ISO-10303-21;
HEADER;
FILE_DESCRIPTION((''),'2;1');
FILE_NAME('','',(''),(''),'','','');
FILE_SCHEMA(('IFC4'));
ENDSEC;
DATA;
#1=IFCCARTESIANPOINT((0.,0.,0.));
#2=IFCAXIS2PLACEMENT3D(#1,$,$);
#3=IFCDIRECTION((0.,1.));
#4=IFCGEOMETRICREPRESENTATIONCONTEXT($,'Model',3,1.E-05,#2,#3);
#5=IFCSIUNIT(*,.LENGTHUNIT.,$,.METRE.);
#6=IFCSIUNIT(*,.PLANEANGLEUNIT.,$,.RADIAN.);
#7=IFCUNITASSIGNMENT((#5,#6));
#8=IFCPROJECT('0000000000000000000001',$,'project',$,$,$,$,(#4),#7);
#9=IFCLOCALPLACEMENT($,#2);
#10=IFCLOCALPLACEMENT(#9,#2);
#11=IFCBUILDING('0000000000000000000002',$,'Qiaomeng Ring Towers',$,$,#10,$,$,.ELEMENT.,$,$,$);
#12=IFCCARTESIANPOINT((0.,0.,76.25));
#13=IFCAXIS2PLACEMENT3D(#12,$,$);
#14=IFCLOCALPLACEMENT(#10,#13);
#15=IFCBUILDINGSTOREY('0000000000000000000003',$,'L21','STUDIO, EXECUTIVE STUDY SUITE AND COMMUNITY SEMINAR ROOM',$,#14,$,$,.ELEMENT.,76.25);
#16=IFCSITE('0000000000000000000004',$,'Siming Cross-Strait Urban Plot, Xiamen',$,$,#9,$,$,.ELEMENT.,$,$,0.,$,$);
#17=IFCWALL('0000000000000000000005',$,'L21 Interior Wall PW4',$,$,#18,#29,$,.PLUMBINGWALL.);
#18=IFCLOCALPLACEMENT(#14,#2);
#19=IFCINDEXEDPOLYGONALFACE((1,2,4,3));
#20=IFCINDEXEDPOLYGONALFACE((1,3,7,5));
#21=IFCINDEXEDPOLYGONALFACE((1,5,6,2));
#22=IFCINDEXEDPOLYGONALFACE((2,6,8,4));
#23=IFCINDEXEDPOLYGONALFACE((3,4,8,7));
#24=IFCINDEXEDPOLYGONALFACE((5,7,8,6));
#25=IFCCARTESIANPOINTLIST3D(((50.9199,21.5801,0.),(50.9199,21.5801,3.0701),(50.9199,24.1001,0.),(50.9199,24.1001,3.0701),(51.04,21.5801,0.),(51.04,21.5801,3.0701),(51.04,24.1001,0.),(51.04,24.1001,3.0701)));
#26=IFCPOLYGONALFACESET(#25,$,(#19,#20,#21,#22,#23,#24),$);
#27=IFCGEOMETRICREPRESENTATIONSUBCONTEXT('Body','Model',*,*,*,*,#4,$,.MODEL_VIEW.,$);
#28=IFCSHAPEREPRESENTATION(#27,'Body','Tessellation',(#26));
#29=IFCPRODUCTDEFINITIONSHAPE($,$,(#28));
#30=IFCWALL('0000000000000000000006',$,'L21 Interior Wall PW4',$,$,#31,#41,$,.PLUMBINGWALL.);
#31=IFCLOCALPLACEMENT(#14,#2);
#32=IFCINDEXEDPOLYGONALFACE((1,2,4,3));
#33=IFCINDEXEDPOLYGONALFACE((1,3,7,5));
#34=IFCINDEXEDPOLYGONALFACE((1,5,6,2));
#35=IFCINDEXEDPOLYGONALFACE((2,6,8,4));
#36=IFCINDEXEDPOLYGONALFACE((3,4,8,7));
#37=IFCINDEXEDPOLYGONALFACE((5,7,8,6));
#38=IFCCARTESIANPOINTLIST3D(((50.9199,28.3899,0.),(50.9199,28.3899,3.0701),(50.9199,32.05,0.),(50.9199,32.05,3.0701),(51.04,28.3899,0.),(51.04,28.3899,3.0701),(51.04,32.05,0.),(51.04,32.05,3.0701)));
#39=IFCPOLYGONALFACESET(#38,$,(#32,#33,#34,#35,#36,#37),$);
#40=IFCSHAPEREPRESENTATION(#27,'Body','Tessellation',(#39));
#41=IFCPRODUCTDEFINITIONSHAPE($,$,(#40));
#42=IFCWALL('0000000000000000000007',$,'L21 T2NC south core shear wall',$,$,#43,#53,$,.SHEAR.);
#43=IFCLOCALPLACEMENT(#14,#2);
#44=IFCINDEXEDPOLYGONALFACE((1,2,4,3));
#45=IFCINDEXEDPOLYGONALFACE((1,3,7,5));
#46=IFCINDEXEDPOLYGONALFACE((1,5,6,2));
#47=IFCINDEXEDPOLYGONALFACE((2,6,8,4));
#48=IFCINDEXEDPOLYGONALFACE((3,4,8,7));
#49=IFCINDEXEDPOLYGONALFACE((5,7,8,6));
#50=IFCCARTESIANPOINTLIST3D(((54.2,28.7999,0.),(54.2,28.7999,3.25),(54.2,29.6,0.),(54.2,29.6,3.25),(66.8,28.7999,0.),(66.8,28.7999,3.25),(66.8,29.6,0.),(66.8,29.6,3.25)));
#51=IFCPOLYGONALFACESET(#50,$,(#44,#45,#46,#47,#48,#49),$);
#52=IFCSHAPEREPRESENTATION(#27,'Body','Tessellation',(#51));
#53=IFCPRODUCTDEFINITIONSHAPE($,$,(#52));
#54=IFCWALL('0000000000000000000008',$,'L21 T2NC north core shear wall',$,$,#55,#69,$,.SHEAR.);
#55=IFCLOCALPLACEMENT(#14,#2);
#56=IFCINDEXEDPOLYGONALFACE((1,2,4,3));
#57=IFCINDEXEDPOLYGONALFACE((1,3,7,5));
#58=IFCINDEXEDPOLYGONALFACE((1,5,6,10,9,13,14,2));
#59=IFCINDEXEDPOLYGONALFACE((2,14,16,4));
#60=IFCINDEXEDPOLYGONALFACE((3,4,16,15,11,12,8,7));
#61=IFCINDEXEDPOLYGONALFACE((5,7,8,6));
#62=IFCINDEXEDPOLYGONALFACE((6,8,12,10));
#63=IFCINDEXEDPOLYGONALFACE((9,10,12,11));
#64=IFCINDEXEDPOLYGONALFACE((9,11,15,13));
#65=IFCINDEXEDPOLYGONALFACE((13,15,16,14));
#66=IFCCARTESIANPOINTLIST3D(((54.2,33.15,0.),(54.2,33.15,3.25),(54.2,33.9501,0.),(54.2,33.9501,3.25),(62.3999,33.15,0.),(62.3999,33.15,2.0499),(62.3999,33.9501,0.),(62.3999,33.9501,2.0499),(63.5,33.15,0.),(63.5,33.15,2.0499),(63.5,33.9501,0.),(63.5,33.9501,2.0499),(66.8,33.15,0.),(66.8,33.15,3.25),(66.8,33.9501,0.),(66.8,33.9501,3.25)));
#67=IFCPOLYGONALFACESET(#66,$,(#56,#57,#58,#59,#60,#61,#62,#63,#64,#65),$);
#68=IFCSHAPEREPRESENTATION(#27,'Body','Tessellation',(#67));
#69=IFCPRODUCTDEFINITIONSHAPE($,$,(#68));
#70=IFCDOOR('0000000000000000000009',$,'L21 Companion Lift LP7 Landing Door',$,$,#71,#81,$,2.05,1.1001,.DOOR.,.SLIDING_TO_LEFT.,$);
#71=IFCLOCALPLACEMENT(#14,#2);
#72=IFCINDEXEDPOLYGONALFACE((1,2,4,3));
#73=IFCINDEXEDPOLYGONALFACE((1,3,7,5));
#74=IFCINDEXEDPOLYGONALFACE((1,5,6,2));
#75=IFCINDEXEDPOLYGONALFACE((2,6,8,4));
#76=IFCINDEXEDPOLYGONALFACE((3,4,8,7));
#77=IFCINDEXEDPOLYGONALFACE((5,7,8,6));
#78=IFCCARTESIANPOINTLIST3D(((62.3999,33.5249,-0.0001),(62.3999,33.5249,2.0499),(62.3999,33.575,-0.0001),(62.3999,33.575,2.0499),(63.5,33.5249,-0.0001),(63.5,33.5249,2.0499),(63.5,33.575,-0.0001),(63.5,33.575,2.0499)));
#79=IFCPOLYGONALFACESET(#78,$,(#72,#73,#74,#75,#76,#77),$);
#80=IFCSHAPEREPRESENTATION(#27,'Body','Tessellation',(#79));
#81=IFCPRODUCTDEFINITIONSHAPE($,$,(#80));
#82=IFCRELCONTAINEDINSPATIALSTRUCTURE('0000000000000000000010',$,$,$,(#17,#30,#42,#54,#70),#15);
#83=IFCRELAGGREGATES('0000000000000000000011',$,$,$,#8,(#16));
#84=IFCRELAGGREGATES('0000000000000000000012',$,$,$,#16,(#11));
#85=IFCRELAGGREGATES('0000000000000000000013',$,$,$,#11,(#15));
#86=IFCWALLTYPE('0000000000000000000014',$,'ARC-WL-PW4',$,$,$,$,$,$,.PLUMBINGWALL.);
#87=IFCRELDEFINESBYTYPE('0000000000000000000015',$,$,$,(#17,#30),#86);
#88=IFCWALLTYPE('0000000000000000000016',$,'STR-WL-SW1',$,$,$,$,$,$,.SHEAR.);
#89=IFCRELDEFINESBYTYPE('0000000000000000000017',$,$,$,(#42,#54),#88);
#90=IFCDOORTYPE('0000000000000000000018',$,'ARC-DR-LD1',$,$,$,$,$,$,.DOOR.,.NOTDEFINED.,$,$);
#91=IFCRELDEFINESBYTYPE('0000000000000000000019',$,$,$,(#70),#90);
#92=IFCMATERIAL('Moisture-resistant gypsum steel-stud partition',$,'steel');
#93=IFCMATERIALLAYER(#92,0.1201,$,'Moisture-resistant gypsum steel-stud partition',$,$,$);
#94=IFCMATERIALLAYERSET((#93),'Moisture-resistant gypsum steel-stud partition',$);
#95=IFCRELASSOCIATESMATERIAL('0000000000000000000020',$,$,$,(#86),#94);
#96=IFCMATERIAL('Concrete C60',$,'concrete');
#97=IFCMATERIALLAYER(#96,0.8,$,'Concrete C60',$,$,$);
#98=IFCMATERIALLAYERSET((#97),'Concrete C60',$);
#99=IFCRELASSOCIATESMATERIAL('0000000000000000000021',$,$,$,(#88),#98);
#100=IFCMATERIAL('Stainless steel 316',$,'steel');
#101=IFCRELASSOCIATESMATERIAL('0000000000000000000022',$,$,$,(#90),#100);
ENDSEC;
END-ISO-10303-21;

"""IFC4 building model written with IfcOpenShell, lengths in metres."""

from ifc_helpers import new_model, si_unit, direction, frame, frame_2d, origin, place, context, subcontext, project, spatial, rectangle, extrude, source, transform, mapped, material, layer, layer_set, type_object, element, fill, save


model = new_model("IFC4")

# Units and contexts
model_context = context("Model", 3, precision=1e-05, world=origin(), true_north=direction((0.0, 1.0)))
body_context = subcontext(model_context, "Body", "Model", "MODEL_VIEW")
ifc_project = project(units=[si_unit("LENGTHUNIT", "METRE"), si_unit("PLANEANGLEUNIT", "RADIAN")], contexts=[model_context])

# Site, building, storey
site_placement = place(None, origin())
site = spatial("IfcSite", under=ifc_project, at=site_placement, Name="Siming Cross-Strait Urban Plot, Xiamen", CompositionType="ELEMENT", RefElevation=0.0)
building_placement = place(site_placement, origin())
building = spatial("IfcBuilding", under=site, at=building_placement, Name="Qiaomeng Ring Towers", CompositionType="ELEMENT")
storey_placement = place(building_placement, frame((0.0, 0.0, 76.25)))
storey = spatial("IfcBuildingStorey", under=building, at=storey_placement, Name="L21", Description="STUDIO, EXECUTIVE STUDY SUITE AND COMMUNITY SEMINAR ROOM", CompositionType="ELEMENT", Elevation=76.25)

# Walls
ifc_material_1 = material(Name="Moisture-resistant gypsum steel-stud partition", Category="steel")
ifc_layer_1 = layer(ifc_material_1, 0.1201, Name="Moisture-resistant gypsum steel-stud partition")
ifc_layer_set_1 = layer_set([ifc_layer_1], Name="Moisture-resistant gypsum steel-stud partition")
wall_type_1 = type_object("IfcWallType", Name="ARC-WL-PW4", PredefinedType="PLUMBINGWALL", material=ifc_layer_set_1)
wall_1_placement = place(storey_placement, frame((50.98, 21.5801, 0.0), z_axis=(0.0, 0.0, 1.0), x_axis=(0.0, 1.0, 0.0)))
element("IfcWall", 1, at=wall_1_placement, inside=storey, type_object=wall_type_1, Name="L21 Interior Wall PW4", PredefinedType="PLUMBINGWALL", context=body_context, shape_type="SweptSolid", body=[
    extrude(rectangle(XDim=2.52, YDim=0.1201, at=frame_2d((1.26, 0.0))), origin(), (0.0, 0.0, 1.0), 3.0701),
])
wall_2_placement = place(storey_placement, frame((50.98, 28.3899, 0.0), z_axis=(0.0, 0.0, 1.0), x_axis=(0.0, 1.0, 0.0)))
element("IfcWall", 2, at=wall_2_placement, inside=storey, type_object=wall_type_1, Name="L21 Interior Wall PW4", PredefinedType="PLUMBINGWALL", context=body_context, shape_type="SweptSolid", body=[
    extrude(rectangle(XDim=3.6602, YDim=0.1201, at=frame_2d((1.8301, 0.0))), origin(), (0.0, 0.0, 1.0), 3.0701),
])
ifc_material_2 = material(Name="Concrete C60", Category="concrete")
ifc_layer_2 = layer(ifc_material_2, 0.8, Name="Concrete C60")
ifc_layer_set_2 = layer_set([ifc_layer_2], Name="Concrete C60")
wall_type_2 = type_object("IfcWallType", Name="STR-WL-SW1", PredefinedType="SHEAR", material=ifc_layer_set_2)
wall_3_placement = place(storey_placement, frame((54.2, 29.2, 0.0), z_axis=(0.0, 0.0, 1.0), x_axis=(1.0, 0.0, 0.0)))
element("IfcWall", 3, at=wall_3_placement, inside=storey, type_object=wall_type_2, Name="L21 T2NC south core shear wall", PredefinedType="SHEAR", context=body_context, shape_type="SweptSolid", body=[
    extrude(rectangle(XDim=12.6001, YDim=0.8, at=frame_2d((6.3, 0.0))), origin(), (0.0, 0.0, 1.0), 3.25),
])

# Wall, opening, door
wall_4_placement = place(storey_placement, frame((54.2, 33.55, 0.0), z_axis=(0.0, 0.0, 1.0), x_axis=(1.0, 0.0, 0.0)))
wall_4 = element("IfcWall", 4, at=wall_4_placement, inside=storey, type_object=wall_type_2, Name="L21 T2NC north core shear wall", PredefinedType="SHEAR", context=body_context, shape_type="SweptSolid", body=[
    extrude(rectangle(XDim=12.6001, YDim=0.8, at=frame_2d((6.3, 0.0))), origin(), (0.0, 0.0, 1.0), 3.25),
])
opening_placement = place(wall_4_placement, frame((8.2, 0.0, 0.0)))
opening = element("IfcOpeningElement", 5, at=opening_placement, cuts=wall_4, PredefinedType="OPENING", context=body_context, shape_type="SweptSolid", body=[
    extrude(rectangle(XDim=1.1001, YDim=2.05, at=frame_2d((0.55, 1.0249))), frame((0.0, 0.4099, 0.0), z_axis=(0.0, -1.0, 0.0), x_axis=(1.0, 0.0, 0.0)), (0.0, 0.0, 1.0), 0.8201),
])
ifc_material_3 = material(Name="Stainless steel 316", Category="steel")
door_type = type_object("IfcDoorType", Name="ARC-DR-LD1", OperationType="NOTDEFINED", PredefinedType="DOOR", material=ifc_material_3)
shared_shape_1 = source(origin(), body_context, "Body", "SweptSolid", [
    extrude(rectangle(XDim=1.1001, YDim=2.05, at=frame_2d((0.55, 1.0249))), frame((0.0, 0.0249, 0.0), z_axis=(0.0, -1.0, 0.0), x_axis=(1.0, 0.0, 0.0)), (0.0, 0.0, 1.0), 0.05),
])
door_placement = place(opening_placement, origin())
door = element("IfcDoor", 6, at=door_placement, inside=storey, type_object=door_type, Name="L21 Companion Lift LP7 Landing Door", OperationType="SLIDING_TO_LEFT", OverallHeight=2.05, OverallWidth=1.1001, PredefinedType="DOOR", context=body_context, shape_type="MappedRepresentation", body=[
    mapped(shared_shape_1, transform((0.0, 0.0, 0.0), x_axis=(1.0, 0.0, 0.0), y_axis=(0.0, 1.0, 0.0), z_axis=(0.0, 0.0, 1.0), scale=1.0)),
])
fill(opening, door)

save(model, "model.ifc")
